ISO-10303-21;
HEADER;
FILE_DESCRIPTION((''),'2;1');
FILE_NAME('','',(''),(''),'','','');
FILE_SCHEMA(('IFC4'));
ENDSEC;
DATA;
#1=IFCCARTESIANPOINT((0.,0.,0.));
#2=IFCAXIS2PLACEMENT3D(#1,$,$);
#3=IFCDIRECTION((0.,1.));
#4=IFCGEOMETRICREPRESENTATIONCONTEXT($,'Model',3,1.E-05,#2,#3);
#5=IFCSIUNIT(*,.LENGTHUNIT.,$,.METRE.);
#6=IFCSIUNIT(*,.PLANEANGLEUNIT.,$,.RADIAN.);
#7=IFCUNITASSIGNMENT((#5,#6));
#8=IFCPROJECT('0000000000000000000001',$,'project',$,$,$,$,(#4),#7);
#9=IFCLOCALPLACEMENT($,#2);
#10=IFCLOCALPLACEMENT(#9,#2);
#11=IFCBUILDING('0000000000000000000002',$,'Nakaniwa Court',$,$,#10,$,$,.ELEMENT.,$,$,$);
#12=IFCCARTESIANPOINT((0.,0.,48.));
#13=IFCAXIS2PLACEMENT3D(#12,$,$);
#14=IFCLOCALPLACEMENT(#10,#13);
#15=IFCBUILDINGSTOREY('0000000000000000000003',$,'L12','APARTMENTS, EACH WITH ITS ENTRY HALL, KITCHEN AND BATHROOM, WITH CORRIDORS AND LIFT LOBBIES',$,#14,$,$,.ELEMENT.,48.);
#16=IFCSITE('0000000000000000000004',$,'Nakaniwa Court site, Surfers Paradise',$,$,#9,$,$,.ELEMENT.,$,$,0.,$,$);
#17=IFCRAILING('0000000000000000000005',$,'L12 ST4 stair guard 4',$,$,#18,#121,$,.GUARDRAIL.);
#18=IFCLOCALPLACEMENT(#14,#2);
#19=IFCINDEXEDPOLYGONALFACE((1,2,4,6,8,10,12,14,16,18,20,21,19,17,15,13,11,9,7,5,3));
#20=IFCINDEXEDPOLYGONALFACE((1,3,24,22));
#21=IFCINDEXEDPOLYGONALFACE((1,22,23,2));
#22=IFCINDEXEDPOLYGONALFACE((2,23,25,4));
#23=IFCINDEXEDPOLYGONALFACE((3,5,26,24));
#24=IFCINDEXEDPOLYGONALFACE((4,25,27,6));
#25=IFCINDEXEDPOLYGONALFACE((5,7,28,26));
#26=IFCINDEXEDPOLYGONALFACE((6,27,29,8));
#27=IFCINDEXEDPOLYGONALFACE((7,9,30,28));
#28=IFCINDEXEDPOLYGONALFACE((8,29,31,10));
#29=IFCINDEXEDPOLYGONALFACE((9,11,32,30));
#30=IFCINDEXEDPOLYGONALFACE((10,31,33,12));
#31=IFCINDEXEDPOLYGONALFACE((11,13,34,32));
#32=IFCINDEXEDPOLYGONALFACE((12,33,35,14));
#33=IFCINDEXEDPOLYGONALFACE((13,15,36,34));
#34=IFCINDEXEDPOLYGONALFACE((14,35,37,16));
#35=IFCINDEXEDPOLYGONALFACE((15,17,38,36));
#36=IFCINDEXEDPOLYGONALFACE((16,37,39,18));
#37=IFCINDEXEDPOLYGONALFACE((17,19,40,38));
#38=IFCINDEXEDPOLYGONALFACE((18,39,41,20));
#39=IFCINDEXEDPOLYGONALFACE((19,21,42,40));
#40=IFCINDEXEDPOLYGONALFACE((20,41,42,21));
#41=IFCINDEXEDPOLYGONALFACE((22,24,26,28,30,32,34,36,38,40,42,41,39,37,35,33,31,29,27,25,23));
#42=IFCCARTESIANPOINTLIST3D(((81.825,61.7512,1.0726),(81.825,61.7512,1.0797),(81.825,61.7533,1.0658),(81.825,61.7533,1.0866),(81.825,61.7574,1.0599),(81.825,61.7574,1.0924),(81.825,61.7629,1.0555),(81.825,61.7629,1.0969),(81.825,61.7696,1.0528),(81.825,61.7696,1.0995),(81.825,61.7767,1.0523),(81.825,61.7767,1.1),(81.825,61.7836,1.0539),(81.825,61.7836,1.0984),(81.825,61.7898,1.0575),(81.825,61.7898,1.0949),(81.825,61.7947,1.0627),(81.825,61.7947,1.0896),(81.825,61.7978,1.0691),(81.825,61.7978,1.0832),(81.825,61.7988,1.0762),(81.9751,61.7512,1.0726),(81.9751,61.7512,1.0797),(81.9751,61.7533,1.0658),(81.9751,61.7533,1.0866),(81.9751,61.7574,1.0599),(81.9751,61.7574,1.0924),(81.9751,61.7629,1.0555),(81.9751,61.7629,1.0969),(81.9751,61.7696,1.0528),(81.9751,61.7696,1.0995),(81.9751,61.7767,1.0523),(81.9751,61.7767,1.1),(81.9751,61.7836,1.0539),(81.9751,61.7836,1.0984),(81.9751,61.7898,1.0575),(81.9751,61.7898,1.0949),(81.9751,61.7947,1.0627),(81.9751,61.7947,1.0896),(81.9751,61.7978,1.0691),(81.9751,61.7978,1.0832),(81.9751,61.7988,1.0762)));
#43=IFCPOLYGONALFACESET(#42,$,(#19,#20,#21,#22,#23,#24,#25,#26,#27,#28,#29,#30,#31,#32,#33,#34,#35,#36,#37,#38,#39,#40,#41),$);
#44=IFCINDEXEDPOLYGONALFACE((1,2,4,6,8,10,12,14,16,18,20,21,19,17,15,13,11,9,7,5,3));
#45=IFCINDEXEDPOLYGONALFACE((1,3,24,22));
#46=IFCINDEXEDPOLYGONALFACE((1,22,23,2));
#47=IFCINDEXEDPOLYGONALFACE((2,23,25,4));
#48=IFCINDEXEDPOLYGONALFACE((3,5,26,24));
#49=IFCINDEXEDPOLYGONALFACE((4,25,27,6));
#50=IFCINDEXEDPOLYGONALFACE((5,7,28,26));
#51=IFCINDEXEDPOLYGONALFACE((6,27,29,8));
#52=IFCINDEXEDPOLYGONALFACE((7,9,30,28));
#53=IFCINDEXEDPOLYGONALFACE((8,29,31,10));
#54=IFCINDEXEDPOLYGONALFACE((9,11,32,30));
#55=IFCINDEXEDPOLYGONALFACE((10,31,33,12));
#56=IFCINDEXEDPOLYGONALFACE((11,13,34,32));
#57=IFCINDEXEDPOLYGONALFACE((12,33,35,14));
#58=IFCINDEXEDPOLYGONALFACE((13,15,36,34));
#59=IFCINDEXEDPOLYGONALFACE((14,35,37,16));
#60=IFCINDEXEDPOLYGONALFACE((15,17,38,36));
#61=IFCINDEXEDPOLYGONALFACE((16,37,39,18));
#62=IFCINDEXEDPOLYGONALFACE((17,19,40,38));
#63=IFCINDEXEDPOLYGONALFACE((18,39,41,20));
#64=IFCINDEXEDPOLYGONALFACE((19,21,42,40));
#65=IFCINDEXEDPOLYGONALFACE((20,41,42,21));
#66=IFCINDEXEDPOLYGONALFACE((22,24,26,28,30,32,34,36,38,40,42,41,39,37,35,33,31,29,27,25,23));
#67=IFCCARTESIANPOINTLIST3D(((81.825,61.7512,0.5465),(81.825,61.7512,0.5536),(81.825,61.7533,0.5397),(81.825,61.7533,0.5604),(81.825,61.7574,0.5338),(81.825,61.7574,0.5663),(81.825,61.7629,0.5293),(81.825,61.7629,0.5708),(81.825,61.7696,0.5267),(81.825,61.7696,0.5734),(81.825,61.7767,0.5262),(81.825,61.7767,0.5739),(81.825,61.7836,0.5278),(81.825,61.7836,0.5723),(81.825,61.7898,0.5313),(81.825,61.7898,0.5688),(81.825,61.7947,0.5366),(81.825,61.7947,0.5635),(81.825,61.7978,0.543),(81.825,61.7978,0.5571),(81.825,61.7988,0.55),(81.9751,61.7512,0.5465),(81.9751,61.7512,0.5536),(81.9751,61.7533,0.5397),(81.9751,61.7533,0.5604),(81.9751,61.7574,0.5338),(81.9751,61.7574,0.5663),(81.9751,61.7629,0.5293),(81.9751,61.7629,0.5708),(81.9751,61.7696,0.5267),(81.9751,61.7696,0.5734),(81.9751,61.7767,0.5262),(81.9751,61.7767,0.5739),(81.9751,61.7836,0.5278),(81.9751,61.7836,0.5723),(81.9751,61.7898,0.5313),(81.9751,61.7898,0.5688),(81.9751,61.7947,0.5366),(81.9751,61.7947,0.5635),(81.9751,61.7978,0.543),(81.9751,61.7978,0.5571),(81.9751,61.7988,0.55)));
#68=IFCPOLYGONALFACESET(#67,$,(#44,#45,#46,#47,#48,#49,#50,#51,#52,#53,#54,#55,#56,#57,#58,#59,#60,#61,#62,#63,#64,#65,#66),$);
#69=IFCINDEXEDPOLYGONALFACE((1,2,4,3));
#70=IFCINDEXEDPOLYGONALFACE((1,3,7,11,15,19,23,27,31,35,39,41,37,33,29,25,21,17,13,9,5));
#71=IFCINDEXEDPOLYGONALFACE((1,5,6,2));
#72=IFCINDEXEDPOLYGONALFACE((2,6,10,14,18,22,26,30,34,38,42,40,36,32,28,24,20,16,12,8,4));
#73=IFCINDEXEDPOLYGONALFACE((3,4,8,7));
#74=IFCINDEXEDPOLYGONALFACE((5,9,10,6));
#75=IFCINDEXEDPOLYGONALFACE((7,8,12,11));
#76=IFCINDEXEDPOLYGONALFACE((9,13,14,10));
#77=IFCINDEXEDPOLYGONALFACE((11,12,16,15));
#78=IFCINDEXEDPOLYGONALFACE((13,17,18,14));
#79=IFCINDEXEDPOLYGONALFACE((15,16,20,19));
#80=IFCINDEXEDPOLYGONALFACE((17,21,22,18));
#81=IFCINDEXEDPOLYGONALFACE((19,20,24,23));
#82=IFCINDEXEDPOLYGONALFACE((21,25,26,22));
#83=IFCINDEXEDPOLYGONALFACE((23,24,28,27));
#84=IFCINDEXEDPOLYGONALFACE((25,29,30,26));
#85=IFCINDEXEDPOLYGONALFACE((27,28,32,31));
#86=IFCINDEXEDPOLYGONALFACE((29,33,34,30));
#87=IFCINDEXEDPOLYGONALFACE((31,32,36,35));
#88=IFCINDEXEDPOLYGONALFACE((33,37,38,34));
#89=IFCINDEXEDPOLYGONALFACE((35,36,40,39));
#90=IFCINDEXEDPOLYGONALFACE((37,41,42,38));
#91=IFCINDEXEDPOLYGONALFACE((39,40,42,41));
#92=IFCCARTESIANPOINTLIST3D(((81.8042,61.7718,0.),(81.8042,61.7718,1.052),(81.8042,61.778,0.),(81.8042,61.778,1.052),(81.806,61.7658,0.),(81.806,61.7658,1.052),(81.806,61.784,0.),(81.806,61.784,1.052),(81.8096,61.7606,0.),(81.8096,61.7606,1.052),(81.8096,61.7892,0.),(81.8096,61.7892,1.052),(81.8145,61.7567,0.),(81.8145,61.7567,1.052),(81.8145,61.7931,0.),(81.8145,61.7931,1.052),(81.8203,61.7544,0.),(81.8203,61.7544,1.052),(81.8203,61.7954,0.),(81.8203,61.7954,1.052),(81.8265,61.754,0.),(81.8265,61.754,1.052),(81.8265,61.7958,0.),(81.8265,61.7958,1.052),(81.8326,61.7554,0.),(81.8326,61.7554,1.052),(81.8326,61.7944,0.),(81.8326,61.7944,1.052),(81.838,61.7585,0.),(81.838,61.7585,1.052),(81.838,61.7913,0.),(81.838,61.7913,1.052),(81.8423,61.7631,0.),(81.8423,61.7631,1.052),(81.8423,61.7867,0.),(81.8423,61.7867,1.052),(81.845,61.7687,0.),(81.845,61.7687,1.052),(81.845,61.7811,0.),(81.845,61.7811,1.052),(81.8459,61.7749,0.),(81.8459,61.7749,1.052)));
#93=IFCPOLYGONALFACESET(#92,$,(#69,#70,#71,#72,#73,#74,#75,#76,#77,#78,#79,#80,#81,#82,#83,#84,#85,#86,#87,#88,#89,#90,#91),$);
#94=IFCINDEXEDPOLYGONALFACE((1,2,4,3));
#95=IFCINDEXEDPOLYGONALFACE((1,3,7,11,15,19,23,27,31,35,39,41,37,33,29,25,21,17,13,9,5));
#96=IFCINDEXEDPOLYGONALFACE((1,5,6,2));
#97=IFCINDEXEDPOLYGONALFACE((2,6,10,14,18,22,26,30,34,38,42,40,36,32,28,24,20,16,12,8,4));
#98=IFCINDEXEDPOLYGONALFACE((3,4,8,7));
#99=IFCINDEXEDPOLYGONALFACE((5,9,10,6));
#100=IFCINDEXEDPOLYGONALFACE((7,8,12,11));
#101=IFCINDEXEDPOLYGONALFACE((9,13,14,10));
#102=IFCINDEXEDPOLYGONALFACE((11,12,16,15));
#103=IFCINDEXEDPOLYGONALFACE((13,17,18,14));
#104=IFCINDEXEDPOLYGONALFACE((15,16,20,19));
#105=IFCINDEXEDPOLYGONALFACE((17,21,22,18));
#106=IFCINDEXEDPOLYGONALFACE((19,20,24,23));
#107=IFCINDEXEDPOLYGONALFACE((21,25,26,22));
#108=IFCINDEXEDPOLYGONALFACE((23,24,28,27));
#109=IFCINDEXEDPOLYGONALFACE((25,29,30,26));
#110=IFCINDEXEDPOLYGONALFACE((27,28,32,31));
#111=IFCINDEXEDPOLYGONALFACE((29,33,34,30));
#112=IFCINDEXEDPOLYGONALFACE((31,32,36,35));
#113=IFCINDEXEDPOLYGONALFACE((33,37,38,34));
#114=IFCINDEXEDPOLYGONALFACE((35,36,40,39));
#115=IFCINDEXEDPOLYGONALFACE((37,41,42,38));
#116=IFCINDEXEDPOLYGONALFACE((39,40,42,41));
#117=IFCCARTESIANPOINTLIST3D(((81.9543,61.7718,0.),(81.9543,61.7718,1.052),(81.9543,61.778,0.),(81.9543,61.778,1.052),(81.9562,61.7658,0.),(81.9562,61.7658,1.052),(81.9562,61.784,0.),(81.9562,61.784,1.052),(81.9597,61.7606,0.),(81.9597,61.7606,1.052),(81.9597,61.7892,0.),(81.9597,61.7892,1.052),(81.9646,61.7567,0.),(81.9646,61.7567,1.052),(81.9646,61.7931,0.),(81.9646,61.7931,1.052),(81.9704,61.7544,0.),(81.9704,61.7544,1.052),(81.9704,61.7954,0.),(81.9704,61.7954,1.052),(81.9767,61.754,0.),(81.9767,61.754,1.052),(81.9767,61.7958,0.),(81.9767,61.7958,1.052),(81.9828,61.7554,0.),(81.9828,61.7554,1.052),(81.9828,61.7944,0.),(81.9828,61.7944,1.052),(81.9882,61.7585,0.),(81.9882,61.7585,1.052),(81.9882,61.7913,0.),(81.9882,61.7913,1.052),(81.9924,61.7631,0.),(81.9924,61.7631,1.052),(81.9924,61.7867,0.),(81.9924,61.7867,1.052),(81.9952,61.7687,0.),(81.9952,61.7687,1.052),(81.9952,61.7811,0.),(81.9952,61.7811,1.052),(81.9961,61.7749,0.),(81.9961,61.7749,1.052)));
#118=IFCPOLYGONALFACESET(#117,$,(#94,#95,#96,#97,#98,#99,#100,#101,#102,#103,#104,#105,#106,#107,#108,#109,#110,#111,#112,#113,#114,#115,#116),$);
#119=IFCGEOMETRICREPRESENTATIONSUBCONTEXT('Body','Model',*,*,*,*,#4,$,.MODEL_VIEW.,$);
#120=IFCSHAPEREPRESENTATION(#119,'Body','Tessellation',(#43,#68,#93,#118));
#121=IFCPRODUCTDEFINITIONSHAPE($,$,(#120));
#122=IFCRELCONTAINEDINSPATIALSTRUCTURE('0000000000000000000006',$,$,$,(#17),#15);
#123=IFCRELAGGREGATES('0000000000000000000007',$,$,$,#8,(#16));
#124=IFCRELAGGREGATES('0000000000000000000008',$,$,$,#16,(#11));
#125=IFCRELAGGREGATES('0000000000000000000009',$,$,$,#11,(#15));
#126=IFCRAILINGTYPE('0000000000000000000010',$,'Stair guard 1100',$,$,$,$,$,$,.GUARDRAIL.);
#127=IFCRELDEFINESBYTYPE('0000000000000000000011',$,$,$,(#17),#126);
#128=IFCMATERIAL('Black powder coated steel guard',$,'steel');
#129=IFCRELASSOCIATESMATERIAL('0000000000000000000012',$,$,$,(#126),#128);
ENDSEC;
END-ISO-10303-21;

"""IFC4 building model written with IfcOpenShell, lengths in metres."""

from ifc_helpers import new_model, si_unit, direction, frame, origin, origin_2d, place, context, subcontext, project, spatial, circle, extrude, material, type_object, element, save


model = new_model("IFC4")

# Units and contexts
model_context = context("Model", 3, precision=1e-05, world=origin(), true_north=direction((0.0, 1.0)))
body_context = subcontext(model_context, "Body", "Model", "MODEL_VIEW")
ifc_project = project(units=[si_unit("LENGTHUNIT", "METRE"), si_unit("PLANEANGLEUNIT", "RADIAN")], contexts=[model_context])

# Site, building, storey
site_placement = place(None, origin())
site = spatial("IfcSite", under=ifc_project, at=site_placement, Name="Nakaniwa Court site, Surfers Paradise", CompositionType="ELEMENT", RefElevation=0.0)
building_placement = place(site_placement, origin())
building = spatial("IfcBuilding", under=site, at=building_placement, Name="Nakaniwa Court", CompositionType="ELEMENT")
storey_placement = place(building_placement, frame((0.0, 0.0, 48.0)))
storey = spatial("IfcBuildingStorey", under=building, at=storey_placement, Name="L12", Description="APARTMENTS, EACH WITH ITS ENTRY HALL, KITCHEN AND BATHROOM, WITH CORRIDORS AND LIFT LOBBIES", CompositionType="ELEMENT", Elevation=48.0)

# Railing
ifc_material_1 = material(Name="Black powder coated steel guard", Category="steel")
railing_type_1 = type_object("IfcRailingType", Name="Stair guard 1100", PredefinedType="GUARDRAIL", material=ifc_material_1)
railing_1_placement = place(storey_placement, frame((81.825, 61.7749, 0.0)))
element("IfcRailing", 1, at=railing_1_placement, inside=storey, type_object=railing_type_1, Name="L12 ST4 stair guard 4", PredefinedType="GUARDRAIL", context=body_context, shape_type="SweptSolid", body=[
    extrude(circle(Radius=0.0239, at=origin_2d()), frame((0.0, 0.0, 1.0762), z_axis=(1.0, 0.0, 0.0), x_axis=(0.0, 1.0, 0.0)), (0.0, 0.0, 1.0), 0.1501),
    extrude(circle(Radius=0.0239, at=origin_2d()), frame((0.0, 0.0, 0.55), z_axis=(1.0, 0.0, 0.0), x_axis=(0.0, 1.0, 0.0)), (0.0, 0.0, 1.0), 0.1501),
    extrude(circle(Radius=0.021, at=origin_2d()), origin(), (0.0, 0.0, 1.0), 1.052),
    extrude(circle(Radius=0.021, at=origin_2d()), frame((0.1501, 0.0, 0.0)), (0.0, 0.0, 1.0), 1.052),
])

save(model, "model.ifc")
